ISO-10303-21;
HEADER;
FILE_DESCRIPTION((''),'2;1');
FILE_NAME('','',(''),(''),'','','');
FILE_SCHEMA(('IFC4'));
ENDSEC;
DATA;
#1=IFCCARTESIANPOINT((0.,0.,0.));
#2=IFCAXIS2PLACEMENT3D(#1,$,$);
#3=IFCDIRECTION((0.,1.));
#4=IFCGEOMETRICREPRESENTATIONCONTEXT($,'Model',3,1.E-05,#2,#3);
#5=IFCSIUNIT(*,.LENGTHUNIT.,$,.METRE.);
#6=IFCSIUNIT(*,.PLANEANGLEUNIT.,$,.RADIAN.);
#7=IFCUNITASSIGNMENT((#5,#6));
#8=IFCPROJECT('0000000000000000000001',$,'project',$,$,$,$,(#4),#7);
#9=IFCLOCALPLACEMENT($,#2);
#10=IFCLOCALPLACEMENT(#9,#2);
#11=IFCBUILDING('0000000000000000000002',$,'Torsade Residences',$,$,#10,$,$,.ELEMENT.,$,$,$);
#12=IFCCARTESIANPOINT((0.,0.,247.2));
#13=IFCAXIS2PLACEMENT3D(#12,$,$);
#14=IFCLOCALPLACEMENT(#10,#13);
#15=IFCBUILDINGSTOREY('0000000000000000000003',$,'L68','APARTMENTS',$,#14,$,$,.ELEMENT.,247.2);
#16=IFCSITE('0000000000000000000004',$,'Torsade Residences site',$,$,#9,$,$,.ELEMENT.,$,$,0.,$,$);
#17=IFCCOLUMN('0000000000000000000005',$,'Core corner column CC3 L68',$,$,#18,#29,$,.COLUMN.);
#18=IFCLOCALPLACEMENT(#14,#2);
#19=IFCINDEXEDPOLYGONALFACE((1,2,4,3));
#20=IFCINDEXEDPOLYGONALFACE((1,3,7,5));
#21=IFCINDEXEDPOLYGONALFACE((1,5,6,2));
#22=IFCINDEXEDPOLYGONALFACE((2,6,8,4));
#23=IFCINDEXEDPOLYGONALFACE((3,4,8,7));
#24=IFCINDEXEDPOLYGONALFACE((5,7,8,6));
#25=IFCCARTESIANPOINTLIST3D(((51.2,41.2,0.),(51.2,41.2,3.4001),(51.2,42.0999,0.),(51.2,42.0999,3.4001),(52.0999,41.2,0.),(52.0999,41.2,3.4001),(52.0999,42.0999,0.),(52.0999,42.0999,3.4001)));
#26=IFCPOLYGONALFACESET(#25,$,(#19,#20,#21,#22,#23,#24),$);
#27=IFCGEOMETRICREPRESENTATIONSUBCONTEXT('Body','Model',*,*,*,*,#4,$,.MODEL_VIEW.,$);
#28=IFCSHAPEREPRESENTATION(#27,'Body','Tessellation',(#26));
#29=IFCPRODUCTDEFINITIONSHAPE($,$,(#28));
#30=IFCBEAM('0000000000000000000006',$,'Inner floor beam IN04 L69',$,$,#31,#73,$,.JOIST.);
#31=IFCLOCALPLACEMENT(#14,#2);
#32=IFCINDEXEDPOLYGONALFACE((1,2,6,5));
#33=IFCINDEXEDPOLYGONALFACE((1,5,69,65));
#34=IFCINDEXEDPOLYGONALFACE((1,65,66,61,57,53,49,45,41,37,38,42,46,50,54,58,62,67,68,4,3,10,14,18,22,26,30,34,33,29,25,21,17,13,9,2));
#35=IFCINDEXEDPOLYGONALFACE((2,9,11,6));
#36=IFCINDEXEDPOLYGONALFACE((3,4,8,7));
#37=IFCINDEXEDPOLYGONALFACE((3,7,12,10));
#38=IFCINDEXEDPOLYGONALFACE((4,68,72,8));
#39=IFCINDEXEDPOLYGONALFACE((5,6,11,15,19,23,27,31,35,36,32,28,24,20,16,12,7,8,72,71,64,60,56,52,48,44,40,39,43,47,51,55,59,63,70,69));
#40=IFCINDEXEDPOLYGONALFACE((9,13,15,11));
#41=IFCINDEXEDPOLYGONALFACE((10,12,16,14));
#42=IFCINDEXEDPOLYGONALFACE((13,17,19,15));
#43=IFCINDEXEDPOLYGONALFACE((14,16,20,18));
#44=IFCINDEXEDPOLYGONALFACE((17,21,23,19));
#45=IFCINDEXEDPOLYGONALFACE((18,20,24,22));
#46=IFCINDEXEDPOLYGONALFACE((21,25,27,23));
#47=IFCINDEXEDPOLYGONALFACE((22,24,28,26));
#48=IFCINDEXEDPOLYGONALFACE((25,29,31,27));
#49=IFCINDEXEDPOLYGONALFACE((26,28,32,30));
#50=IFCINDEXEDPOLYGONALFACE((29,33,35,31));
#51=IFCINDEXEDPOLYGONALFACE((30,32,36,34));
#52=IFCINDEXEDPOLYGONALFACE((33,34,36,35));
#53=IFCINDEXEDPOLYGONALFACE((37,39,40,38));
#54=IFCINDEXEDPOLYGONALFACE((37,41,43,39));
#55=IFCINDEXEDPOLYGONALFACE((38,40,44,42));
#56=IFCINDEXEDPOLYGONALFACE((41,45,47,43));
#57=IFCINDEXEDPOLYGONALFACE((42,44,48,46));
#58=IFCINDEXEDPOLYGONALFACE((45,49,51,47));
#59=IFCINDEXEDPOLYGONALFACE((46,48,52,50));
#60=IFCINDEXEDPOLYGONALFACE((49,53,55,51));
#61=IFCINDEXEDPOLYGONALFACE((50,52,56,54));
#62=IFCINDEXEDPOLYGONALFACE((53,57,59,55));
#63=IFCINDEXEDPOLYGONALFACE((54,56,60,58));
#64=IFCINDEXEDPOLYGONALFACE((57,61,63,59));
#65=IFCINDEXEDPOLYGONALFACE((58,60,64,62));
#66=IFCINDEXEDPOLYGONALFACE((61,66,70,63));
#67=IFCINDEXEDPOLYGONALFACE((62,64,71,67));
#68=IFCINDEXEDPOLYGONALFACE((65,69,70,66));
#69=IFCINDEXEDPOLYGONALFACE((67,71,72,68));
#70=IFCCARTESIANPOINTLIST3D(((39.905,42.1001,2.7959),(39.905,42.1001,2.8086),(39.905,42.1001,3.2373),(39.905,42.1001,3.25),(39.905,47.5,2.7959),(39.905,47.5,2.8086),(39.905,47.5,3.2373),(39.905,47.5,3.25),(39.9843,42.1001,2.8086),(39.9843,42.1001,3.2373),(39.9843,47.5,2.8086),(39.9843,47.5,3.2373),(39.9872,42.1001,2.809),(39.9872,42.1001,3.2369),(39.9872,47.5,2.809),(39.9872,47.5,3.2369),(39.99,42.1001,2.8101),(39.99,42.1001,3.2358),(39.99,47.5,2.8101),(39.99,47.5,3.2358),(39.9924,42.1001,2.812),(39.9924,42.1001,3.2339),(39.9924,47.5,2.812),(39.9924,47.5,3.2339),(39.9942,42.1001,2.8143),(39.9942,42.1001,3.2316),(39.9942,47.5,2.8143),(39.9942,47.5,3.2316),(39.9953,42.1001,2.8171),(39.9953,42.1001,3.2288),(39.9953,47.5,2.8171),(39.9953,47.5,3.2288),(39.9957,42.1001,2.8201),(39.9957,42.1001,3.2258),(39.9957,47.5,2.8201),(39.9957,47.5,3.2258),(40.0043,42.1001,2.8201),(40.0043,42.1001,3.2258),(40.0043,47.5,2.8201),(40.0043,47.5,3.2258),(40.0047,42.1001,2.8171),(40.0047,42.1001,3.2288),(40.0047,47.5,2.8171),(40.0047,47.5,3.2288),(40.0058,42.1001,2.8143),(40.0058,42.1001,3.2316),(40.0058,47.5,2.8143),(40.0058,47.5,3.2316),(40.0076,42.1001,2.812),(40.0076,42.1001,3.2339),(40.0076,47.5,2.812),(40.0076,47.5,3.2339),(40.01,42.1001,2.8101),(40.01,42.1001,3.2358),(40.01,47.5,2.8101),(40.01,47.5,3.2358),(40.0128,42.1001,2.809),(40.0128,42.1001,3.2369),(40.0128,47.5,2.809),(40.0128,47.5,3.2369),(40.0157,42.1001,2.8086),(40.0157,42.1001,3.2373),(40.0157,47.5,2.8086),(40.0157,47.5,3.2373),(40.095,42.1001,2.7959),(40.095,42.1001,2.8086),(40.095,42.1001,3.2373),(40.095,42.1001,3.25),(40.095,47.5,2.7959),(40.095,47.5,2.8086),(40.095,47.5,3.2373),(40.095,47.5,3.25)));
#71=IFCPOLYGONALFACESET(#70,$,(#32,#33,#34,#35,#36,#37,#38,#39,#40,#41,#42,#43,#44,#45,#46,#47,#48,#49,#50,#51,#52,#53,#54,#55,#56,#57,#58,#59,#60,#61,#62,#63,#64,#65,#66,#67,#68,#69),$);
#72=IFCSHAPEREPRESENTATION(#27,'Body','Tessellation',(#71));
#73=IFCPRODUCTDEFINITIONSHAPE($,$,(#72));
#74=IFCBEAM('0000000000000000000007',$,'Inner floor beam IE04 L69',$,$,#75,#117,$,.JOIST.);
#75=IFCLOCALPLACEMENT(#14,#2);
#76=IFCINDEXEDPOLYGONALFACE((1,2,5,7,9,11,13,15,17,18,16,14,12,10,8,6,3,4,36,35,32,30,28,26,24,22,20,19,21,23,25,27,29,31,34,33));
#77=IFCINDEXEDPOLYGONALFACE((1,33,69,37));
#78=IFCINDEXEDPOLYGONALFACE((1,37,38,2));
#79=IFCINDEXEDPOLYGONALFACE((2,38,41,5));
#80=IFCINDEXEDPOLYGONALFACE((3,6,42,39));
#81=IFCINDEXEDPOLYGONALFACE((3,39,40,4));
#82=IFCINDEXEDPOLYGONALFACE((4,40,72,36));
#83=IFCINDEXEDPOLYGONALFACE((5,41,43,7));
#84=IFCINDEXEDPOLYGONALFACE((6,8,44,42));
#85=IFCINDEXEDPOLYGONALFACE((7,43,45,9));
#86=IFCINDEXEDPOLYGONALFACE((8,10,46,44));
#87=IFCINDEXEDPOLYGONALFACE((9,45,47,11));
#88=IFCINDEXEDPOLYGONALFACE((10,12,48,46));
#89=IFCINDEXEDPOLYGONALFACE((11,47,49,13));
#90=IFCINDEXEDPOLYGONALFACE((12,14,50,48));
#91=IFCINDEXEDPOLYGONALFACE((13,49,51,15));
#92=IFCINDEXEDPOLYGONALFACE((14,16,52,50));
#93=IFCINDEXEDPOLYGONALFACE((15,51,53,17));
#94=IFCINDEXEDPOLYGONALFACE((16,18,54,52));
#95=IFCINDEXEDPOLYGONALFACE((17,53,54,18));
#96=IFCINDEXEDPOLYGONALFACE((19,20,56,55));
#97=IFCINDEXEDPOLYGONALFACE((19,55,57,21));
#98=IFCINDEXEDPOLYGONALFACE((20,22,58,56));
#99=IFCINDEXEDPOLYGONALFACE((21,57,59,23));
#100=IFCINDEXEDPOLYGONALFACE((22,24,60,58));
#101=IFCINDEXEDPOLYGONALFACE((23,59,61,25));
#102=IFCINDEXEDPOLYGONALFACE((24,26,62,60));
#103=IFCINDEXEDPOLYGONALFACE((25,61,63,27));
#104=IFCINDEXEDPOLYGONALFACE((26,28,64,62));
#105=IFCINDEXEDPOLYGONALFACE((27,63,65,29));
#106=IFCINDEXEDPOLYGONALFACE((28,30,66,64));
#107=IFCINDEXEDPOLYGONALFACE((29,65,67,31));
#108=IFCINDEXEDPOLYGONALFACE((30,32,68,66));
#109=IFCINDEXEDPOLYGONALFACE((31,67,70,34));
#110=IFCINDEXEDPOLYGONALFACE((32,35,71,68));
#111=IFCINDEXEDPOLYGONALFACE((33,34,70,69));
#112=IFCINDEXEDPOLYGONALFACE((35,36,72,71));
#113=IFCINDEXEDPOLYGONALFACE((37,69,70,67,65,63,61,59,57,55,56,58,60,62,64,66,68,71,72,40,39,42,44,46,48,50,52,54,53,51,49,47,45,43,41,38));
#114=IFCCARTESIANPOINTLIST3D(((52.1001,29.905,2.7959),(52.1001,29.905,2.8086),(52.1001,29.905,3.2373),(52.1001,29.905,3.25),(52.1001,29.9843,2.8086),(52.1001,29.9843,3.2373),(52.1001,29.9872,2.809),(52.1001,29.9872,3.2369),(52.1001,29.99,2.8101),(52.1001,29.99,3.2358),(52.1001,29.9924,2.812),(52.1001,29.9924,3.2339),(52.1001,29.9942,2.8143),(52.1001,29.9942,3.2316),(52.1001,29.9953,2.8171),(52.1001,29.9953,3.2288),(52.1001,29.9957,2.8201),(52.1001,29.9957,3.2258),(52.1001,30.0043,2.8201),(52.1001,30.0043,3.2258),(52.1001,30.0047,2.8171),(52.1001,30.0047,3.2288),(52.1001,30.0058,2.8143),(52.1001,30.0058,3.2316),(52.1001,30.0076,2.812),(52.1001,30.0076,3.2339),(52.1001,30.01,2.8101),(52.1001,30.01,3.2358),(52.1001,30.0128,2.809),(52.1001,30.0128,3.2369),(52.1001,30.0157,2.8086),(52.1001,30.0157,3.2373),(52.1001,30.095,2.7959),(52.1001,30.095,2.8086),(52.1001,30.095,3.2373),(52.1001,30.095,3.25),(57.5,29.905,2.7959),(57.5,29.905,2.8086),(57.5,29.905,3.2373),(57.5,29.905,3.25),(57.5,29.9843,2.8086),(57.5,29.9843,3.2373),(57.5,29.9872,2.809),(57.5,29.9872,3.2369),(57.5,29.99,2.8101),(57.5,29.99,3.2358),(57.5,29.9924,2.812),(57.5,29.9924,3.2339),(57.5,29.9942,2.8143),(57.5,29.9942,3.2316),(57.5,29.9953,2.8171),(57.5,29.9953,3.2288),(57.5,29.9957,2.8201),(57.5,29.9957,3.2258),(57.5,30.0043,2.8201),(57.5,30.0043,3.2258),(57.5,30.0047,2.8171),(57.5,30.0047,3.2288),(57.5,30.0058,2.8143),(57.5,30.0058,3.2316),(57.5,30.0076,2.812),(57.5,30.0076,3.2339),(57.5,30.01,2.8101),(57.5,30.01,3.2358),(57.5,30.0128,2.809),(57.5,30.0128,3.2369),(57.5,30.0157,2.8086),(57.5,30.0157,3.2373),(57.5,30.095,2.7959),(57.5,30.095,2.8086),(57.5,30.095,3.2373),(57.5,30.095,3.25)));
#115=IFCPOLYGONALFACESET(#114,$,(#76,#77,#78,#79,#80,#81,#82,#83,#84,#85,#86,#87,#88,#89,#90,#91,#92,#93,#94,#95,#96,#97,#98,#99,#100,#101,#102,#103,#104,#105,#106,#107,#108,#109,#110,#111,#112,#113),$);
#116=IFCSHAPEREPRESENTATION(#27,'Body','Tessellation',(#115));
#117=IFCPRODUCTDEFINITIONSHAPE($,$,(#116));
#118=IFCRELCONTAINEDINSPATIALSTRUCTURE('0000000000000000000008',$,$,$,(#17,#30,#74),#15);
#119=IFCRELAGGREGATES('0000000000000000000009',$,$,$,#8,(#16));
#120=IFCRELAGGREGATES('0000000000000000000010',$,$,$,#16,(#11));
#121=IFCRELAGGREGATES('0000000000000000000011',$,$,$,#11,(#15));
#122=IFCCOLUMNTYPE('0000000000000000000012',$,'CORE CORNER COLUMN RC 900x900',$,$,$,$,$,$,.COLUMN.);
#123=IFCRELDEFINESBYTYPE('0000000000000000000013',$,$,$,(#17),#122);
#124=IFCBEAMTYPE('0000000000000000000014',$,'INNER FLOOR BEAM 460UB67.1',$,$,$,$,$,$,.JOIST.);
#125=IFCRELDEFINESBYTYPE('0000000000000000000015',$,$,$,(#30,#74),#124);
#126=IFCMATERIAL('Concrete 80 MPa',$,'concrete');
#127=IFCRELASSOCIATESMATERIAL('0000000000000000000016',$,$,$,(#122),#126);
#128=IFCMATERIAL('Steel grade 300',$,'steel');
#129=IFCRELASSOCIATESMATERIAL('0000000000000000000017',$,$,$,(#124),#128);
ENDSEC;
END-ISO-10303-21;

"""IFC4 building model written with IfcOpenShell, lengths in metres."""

from ifc_helpers import new_model, si_unit, direction, frame, origin, origin_2d, place, context, subcontext, project, spatial, rectangle, i_section, extrude, material, material_profile, profile_set, type_object, element, save


model = new_model("IFC4")

# Units and contexts
model_context = context("Model", 3, precision=1e-05, world=origin(), true_north=direction((0.0, 1.0)))
body_context = subcontext(model_context, "Body", "Model", "MODEL_VIEW")
ifc_project = project(units=[si_unit("LENGTHUNIT", "METRE"), si_unit("PLANEANGLEUNIT", "RADIAN")], contexts=[model_context])

# Site, building, storey
site_placement = place(None, origin())
site = spatial("IfcSite", under=ifc_project, at=site_placement, Name="Torsade Residences site", CompositionType="ELEMENT", RefElevation=0.0)
building_placement = place(site_placement, origin())
building = spatial("IfcBuilding", under=site, at=building_placement, Name="Torsade Residences", CompositionType="ELEMENT")
storey_placement = place(building_placement, frame((0.0, 0.0, 247.2)))
storey = spatial("IfcBuildingStorey", under=building, at=storey_placement, Name="L68", Description="APARTMENTS", CompositionType="ELEMENT", Elevation=247.2)

# Column
ifc_material_1 = material(Name="Concrete 80 MPa", Category="concrete")
ifc_material_profile_1 = material_profile(ifc_material_1, rectangle(XDim=0.8999, YDim=0.8999, at=origin_2d()), Name="RC 900x900")
ifc_profile_set_1 = profile_set([ifc_material_profile_1], Name="Concrete 80 MPa")
column_type = type_object("IfcColumnType", Name="CORE CORNER COLUMN RC 900x900", PredefinedType="COLUMN", material=ifc_profile_set_1)
column_placement = place(storey_placement, frame((51.6499, 41.6499, 0.0), z_axis=(0.0, 0.0, 1.0), x_axis=(1.0, 0.0, 0.0)))
element("IfcColumn", 1, at=column_placement, inside=storey, type_object=column_type, Name="Core corner column CC3 L68", PredefinedType="COLUMN", context=body_context, shape_type="SweptSolid", body=[
    extrude(rectangle(XDim=0.8999, YDim=0.8999, at=origin_2d()), origin(), (0.0, 0.0, 1.0), 3.4001),
])

# Beams
ifc_material_2 = material(Name="Steel grade 300", Category="steel")
ifc_material_profile_2 = material_profile(ifc_material_2, i_section(OverallWidth=0.1899, OverallDepth=0.4541, WebThickness=0.0085, FlangeThickness=0.0127, FilletRadius=0.0115, at=origin_2d()), Name="460UB67.1")
ifc_profile_set_2 = profile_set([ifc_material_profile_2], Name="Steel grade 300")
beam_type = type_object("IfcBeamType", Name="INNER FLOOR BEAM 460UB67.1", PredefinedType="JOIST", material=ifc_profile_set_2)
for number, where, z_axis, x_axis, name in (
    (2, (40.0, 42.1001, 3.0229), (0.0, 1.0, 0.0), (-1.0, 0.0, 0.0), "Inner floor beam IN04 L69"),
    (3, (52.1001, 30.0, 3.0229), (1.0, 0.0, 0.0), (0.0, 1.0, 0.0), "Inner floor beam IE04 L69"),
):
    element("IfcBeam", number, at=place(storey_placement, frame(where, z_axis=z_axis, x_axis=x_axis)), inside=storey, type_object=beam_type, Name=name, PredefinedType="JOIST", context=body_context, shape_type="SweptSolid", body=[
        extrude(i_section(OverallWidth=0.1899, OverallDepth=0.4541, WebThickness=0.0085, FlangeThickness=0.0127, FilletRadius=0.0115, at=origin_2d()), origin(), (0.0, 0.0, 1.0), 5.3999),
    ])

save(model, "model.ifc")
